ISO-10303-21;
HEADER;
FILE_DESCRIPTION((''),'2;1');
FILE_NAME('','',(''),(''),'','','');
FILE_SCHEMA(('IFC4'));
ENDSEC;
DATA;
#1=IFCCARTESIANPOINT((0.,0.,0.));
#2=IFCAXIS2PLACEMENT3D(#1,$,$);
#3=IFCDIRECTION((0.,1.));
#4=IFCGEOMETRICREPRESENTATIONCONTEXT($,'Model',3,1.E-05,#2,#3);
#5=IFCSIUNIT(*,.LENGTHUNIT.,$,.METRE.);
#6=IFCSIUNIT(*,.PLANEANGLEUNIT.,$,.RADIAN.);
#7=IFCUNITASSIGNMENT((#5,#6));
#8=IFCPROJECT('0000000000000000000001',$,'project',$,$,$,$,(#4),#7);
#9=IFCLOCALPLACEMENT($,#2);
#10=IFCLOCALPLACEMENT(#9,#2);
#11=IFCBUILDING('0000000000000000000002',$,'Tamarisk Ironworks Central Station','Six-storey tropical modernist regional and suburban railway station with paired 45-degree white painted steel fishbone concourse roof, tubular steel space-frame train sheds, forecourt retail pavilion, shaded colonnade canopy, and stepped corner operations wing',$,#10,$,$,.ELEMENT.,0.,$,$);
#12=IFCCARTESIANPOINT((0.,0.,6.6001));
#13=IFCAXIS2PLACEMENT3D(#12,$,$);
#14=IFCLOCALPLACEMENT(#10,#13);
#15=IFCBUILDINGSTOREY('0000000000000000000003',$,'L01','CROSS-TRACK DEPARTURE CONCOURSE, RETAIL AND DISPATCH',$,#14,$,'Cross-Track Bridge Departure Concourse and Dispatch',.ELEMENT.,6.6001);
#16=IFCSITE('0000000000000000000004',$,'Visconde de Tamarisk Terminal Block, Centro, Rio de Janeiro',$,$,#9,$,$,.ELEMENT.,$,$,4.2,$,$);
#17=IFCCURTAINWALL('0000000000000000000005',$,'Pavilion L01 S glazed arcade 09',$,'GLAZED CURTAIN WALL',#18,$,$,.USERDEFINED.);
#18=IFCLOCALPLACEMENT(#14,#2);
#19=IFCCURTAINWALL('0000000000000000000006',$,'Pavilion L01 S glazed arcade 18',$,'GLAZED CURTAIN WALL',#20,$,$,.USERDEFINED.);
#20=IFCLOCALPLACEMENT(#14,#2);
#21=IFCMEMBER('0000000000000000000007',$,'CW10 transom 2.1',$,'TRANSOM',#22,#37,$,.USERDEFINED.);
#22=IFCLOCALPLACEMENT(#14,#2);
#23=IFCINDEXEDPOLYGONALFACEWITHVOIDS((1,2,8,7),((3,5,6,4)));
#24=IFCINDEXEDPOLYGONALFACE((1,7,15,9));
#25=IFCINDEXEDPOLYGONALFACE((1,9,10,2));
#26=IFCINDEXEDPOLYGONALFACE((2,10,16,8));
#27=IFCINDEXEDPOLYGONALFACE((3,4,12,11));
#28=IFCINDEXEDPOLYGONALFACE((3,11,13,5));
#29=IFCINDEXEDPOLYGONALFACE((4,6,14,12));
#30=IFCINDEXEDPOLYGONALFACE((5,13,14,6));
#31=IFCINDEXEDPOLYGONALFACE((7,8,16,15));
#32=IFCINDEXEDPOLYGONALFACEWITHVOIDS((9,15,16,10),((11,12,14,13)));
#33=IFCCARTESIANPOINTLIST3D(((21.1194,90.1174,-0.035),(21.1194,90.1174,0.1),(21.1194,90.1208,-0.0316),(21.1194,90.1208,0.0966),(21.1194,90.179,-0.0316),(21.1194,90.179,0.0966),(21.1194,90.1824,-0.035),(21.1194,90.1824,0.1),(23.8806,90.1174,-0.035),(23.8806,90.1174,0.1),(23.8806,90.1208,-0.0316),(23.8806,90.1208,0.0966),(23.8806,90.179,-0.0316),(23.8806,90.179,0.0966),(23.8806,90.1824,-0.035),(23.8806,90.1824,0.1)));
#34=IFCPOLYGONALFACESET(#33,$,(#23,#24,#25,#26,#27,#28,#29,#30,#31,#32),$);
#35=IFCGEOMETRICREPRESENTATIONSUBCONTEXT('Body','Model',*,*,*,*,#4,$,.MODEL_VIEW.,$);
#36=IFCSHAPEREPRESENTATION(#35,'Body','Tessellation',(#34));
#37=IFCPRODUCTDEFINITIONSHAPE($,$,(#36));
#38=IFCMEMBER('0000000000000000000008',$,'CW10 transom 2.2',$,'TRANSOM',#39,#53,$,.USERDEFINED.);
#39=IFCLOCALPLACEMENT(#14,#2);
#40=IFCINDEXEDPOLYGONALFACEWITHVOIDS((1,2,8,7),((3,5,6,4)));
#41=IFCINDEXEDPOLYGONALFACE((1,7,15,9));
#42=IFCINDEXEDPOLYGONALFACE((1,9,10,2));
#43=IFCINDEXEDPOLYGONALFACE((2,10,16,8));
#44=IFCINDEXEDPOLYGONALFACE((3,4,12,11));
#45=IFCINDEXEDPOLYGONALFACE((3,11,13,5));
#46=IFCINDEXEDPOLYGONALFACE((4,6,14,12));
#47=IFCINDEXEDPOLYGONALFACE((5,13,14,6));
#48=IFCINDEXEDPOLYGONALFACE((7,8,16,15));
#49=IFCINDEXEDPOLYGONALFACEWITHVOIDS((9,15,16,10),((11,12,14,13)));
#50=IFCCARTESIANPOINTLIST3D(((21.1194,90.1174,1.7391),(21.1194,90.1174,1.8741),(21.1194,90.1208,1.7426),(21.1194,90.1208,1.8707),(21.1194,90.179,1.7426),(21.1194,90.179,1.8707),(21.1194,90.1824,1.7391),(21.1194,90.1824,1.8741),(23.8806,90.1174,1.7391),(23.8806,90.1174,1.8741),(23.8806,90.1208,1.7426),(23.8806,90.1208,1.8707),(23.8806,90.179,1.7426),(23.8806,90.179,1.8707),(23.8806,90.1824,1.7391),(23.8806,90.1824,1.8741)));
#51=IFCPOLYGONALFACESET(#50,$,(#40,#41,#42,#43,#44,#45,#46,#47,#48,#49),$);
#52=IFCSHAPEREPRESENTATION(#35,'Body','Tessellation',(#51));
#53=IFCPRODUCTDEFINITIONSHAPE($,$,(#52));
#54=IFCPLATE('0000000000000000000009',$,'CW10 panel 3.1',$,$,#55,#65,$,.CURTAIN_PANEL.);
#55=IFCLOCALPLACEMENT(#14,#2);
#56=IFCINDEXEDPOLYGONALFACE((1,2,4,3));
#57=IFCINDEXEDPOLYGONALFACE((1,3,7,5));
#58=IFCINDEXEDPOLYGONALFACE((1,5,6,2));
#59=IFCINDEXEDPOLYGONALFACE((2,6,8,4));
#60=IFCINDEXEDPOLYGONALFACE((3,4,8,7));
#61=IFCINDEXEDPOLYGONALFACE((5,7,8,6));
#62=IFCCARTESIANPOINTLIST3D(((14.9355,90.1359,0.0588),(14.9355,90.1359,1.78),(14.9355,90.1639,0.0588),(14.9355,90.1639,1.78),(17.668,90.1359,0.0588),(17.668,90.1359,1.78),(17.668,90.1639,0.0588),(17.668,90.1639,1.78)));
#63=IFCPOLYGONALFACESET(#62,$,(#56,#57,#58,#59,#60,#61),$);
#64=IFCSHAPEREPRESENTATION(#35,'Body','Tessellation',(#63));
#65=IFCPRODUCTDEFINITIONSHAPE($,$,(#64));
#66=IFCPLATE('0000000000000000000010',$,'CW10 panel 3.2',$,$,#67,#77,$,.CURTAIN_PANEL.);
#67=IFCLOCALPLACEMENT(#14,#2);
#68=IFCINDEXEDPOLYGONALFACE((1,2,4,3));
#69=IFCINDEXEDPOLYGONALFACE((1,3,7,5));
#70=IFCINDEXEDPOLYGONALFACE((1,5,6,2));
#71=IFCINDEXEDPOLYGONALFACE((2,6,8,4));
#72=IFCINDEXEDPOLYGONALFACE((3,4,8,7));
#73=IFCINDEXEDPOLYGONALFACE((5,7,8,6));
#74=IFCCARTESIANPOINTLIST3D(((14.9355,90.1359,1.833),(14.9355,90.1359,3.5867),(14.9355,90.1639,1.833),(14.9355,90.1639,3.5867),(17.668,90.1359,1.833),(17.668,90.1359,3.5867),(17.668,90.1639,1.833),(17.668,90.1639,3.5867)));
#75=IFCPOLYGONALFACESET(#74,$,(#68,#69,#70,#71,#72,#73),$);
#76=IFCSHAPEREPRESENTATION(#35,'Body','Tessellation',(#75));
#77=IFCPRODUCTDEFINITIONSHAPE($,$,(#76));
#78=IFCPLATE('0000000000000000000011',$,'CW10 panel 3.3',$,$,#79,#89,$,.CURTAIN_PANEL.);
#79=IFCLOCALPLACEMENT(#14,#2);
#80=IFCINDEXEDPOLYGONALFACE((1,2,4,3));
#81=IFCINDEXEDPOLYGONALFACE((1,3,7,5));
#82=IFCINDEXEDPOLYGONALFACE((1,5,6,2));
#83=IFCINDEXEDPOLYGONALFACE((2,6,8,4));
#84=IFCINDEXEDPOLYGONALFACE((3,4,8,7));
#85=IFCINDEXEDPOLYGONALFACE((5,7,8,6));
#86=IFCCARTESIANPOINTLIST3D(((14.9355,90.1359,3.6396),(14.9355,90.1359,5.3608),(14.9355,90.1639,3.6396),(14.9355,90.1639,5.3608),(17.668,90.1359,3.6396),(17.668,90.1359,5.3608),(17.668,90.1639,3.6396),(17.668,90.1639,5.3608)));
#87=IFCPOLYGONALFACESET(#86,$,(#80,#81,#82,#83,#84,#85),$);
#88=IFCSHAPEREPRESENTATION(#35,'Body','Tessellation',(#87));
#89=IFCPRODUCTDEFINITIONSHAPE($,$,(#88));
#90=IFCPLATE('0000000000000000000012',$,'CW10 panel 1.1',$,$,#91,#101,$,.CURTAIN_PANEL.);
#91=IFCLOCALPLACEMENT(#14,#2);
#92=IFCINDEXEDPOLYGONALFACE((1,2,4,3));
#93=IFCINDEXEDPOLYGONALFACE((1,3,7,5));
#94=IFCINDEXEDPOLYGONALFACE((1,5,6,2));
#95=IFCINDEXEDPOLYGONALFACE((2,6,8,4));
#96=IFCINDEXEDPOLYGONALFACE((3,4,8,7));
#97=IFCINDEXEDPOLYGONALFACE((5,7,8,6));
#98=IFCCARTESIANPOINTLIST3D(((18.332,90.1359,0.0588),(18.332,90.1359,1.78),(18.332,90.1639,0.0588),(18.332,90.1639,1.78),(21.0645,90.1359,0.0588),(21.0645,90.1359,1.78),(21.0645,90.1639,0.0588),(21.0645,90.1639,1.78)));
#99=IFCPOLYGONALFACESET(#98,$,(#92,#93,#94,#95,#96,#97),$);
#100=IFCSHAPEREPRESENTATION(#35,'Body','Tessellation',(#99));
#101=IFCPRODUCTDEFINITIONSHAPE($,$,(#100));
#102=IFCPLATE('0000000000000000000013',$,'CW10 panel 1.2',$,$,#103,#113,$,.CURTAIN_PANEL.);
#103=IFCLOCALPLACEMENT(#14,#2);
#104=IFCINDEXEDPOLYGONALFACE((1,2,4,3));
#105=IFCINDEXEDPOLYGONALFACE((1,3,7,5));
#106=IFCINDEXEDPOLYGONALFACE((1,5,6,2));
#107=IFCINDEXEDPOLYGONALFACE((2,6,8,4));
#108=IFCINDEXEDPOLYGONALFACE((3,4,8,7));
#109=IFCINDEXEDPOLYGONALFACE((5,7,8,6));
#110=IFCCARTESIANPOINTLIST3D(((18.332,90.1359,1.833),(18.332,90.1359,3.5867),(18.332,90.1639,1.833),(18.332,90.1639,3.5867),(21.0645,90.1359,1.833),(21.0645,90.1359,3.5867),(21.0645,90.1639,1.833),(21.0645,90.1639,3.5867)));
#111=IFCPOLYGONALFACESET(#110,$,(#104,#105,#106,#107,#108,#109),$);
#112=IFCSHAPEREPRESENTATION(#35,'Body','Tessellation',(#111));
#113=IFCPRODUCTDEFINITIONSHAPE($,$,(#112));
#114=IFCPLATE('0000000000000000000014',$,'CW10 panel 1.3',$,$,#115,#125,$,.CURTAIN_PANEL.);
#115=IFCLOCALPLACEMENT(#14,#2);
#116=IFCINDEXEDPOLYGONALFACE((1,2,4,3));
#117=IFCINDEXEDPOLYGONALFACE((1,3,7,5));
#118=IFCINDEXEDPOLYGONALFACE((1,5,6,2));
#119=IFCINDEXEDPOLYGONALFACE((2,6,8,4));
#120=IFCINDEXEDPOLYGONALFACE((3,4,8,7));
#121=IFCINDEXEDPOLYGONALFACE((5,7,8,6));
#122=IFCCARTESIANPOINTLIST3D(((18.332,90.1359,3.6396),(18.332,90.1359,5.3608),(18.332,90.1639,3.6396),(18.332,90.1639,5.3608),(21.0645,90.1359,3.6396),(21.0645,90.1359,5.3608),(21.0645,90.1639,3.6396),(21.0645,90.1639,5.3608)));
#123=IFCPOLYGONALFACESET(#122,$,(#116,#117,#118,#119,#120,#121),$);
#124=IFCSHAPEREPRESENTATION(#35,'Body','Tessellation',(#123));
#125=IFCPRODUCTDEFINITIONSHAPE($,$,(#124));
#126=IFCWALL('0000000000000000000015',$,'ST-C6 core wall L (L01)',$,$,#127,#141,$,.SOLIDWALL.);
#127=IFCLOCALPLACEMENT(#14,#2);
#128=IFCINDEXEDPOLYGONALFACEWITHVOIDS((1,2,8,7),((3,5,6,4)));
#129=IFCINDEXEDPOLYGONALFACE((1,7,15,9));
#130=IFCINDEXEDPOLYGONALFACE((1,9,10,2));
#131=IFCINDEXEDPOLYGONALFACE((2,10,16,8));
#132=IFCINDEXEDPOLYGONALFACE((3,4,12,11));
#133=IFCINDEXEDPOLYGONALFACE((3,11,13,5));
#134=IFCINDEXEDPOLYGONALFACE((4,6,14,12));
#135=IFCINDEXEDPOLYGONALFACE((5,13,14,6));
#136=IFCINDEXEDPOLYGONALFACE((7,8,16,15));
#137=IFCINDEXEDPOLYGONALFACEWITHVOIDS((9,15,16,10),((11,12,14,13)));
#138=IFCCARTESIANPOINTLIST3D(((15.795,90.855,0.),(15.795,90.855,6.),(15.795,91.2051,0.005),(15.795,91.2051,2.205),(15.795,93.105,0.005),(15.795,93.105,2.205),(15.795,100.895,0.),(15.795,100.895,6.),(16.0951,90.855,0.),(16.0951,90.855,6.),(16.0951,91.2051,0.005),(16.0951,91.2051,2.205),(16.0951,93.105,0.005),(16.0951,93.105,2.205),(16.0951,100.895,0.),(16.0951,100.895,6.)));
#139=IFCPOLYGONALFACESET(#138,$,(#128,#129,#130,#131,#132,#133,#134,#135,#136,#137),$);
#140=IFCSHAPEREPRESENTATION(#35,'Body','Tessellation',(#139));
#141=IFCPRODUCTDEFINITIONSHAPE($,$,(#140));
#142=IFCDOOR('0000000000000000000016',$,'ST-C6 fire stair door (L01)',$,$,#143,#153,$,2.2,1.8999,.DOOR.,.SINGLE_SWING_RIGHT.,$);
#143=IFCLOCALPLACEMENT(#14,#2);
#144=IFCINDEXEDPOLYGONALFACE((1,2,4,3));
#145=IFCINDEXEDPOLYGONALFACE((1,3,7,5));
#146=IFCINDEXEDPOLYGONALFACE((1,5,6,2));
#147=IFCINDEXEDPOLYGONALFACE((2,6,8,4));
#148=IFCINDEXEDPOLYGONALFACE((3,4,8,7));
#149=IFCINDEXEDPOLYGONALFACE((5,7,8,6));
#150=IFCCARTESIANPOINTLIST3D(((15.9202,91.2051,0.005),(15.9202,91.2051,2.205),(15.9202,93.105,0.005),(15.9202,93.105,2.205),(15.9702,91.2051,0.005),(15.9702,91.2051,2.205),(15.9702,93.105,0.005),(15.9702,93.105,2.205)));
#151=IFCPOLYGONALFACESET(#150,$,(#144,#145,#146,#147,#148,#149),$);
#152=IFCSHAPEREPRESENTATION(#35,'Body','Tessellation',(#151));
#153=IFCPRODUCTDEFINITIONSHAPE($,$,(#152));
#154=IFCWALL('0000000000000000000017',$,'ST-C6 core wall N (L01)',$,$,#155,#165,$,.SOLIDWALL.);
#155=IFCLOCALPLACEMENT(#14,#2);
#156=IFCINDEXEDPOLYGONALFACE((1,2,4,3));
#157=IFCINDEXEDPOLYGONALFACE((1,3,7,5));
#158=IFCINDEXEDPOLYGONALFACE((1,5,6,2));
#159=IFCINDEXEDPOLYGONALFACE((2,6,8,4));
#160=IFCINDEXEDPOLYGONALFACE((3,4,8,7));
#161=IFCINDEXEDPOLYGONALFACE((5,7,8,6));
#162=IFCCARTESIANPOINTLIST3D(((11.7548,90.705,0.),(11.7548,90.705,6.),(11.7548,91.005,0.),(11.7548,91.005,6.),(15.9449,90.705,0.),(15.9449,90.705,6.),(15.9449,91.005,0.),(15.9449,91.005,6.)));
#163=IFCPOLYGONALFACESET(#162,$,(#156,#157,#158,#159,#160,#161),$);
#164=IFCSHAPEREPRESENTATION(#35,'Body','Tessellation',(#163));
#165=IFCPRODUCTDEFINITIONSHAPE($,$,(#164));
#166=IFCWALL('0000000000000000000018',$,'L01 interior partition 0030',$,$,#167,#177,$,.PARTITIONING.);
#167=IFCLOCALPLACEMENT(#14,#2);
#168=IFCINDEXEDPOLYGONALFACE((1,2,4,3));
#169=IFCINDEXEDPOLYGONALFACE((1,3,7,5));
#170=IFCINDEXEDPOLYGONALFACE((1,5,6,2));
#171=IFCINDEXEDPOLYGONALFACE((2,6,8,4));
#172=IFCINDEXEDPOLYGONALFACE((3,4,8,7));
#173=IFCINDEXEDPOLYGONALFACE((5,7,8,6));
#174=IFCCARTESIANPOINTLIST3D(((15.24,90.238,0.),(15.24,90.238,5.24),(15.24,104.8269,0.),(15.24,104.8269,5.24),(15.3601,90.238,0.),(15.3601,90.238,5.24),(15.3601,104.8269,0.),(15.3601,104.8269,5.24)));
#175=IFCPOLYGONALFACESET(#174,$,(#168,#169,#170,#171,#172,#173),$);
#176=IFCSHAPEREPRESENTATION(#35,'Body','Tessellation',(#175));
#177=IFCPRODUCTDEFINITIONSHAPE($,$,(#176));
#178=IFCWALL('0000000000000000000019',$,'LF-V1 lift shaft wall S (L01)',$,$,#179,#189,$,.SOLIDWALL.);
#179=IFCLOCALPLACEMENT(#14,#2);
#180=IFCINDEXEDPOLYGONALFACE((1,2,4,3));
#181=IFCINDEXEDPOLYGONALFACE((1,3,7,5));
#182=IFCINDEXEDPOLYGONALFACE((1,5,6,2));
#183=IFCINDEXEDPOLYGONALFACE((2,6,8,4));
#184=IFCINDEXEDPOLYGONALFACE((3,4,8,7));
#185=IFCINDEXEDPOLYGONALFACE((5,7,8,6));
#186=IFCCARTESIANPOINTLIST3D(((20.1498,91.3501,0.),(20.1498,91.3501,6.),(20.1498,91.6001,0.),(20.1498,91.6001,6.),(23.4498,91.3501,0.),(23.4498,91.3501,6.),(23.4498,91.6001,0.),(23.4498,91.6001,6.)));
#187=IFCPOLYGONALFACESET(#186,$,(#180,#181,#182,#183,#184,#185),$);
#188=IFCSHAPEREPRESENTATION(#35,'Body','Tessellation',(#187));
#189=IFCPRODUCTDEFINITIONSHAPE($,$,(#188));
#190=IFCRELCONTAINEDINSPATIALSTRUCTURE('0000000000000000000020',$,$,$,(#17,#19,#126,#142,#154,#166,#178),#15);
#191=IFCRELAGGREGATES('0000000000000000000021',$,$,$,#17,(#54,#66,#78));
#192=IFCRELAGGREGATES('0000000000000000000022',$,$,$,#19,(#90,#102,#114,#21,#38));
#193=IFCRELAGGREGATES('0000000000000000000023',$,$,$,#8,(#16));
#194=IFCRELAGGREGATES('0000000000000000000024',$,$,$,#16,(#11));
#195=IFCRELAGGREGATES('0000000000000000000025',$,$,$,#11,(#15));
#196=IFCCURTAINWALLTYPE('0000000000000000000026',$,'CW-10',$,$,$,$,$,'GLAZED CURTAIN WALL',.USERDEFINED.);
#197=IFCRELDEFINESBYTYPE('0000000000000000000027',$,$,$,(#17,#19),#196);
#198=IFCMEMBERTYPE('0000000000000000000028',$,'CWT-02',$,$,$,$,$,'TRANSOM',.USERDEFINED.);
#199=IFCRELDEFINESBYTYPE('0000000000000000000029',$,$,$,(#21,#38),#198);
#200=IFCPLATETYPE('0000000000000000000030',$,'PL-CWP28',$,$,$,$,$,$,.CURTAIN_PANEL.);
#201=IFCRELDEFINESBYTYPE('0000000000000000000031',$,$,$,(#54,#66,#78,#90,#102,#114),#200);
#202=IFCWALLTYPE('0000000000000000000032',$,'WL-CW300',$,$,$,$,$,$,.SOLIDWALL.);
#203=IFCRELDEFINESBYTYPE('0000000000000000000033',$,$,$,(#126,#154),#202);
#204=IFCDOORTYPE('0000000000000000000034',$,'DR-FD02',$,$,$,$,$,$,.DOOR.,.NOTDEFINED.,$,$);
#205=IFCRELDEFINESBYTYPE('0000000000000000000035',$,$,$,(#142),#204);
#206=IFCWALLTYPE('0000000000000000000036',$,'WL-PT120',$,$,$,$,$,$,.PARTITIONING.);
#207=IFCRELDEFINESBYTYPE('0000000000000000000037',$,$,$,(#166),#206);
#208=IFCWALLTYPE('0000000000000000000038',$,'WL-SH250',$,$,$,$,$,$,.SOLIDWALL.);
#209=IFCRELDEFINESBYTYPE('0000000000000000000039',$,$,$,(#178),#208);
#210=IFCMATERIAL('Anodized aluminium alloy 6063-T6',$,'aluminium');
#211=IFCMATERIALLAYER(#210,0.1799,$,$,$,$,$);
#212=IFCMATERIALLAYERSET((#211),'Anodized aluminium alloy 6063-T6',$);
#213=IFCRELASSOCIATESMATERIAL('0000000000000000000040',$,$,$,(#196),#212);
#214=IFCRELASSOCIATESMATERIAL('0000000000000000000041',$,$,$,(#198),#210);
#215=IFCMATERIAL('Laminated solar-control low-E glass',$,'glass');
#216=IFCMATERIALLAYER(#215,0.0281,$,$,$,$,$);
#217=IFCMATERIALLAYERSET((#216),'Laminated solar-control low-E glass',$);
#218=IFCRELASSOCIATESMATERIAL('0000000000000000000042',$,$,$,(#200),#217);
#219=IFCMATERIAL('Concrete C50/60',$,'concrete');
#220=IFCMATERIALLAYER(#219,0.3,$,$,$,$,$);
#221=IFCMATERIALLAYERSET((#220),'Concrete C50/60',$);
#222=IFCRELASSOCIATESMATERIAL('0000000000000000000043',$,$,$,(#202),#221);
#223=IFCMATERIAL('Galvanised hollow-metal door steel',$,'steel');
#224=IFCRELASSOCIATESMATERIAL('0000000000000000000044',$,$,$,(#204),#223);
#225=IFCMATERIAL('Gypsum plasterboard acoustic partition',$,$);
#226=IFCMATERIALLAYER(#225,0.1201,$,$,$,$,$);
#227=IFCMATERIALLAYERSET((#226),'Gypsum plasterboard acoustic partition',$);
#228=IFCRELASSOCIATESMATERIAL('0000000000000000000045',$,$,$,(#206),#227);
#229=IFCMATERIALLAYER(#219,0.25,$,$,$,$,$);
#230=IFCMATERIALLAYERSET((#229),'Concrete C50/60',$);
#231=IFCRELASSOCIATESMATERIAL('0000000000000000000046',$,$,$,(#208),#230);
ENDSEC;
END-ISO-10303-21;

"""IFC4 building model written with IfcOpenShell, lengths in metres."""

from ifc_helpers import new_model, si_unit, direction, frame, frame_2d, origin, origin_2d, place, context, subcontext, project, spatial, rectangle, hollow_rectangle, extrude, material, layer, layer_set, material_profile, profile_set, type_object, element, fill, aggregate, save


model = new_model("IFC4")

# Units and contexts
model_context = context("Model", 3, precision=1e-05, world=origin(), true_north=direction((0.0, 1.0)))
body_context = subcontext(model_context, "Body", "Model", "MODEL_VIEW")
ifc_project = project(units=[si_unit("LENGTHUNIT", "METRE"), si_unit("PLANEANGLEUNIT", "RADIAN")], contexts=[model_context])

# Site, building, storey
site_placement = place(None, origin())
site = spatial("IfcSite", under=ifc_project, at=site_placement, Name="Visconde de Tamarisk Terminal Block, Centro, Rio de Janeiro", CompositionType="ELEMENT", RefElevation=4.2)
building_placement = place(site_placement, origin())
building = spatial("IfcBuilding", under=site, at=building_placement, Name="Tamarisk Ironworks Central Station", Description="Six-storey tropical modernist regional and suburban railway station with paired 45-degree white painted steel fishbone concourse roof, tubular steel space-frame train sheds, forecourt retail pavilion, shaded colonnade canopy, and stepped corner operations wing", CompositionType="ELEMENT", ElevationOfRefHeight=0.0)
storey_placement = place(building_placement, frame((0.0, 0.0, 6.6001)))
storey = spatial("IfcBuildingStorey", under=building, at=storey_placement, Name="L01", Description="CROSS-TRACK DEPARTURE CONCOURSE, RETAIL AND DISPATCH", LongName="Cross-Track Bridge Departure Concourse and Dispatch", CompositionType="ELEMENT", Elevation=6.6001)

# Curtain wall
ifc_material_1 = material(Name="Anodized aluminium alloy 6063-T6", Category="aluminium")
ifc_layer_1 = layer(ifc_material_1, 0.1799)
ifc_layer_set_1 = layer_set([ifc_layer_1], Name="Anodized aluminium alloy 6063-T6")
curtain_wall_type = type_object("IfcCurtainWallType", Name="CW-10", ElementType="GLAZED CURTAIN WALL", PredefinedType="USERDEFINED", material=ifc_layer_set_1)
curtain_wall_1_placement = place(storey_placement, origin())
curtain_wall_1 = element("IfcCurtainWall", 1, at=curtain_wall_1_placement, inside=storey, type_object=curtain_wall_type, Name="Pavilion L01 S glazed arcade 09", ObjectType="GLAZED CURTAIN WALL", PredefinedType="USERDEFINED")

# Curtain wall
curtain_wall_2_placement = place(storey_placement, origin())
curtain_wall_2 = element("IfcCurtainWall", 2, at=curtain_wall_2_placement, inside=storey, type_object=curtain_wall_type, Name="Pavilion L01 S glazed arcade 18", ObjectType="GLAZED CURTAIN WALL", PredefinedType="USERDEFINED")

# Members
ifc_material_profile_1 = material_profile(ifc_material_1, hollow_rectangle(XDim=0.0649, YDim=0.135, WallThickness=0.0034, at=origin_2d()), Name="ALUM 135x65")
ifc_profile_set_1 = profile_set([ifc_material_profile_1], Name="Anodized aluminium alloy 6063-T6")
member_type_1 = type_object("IfcMemberType", Name="CWT-02", ElementType="TRANSOM", PredefinedType="USERDEFINED", material=ifc_profile_set_1)
member_1_placement = place(storey_placement, frame((21.1194, 90.1499, 0.0325), z_axis=(1.0, 0.0, 0.0), x_axis=(0.0, 1.0, 0.0)))
member_1 = element("IfcMember", 3, at=member_1_placement, type_object=member_type_1, Name="CW10 transom 2.1", ObjectType="TRANSOM", PredefinedType="USERDEFINED", context=body_context, shape_type="SweptSolid", body=[
    extrude(hollow_rectangle(XDim=0.0649, YDim=0.135, WallThickness=0.0034, at=origin_2d()), origin(), (0.0, 0.0, 1.0), 2.7612),
])
member_2_placement = place(storey_placement, frame((21.1194, 90.1499, 1.8066), z_axis=(1.0, 0.0, 0.0), x_axis=(0.0, 1.0, 0.0)))
member_2 = element("IfcMember", 4, at=member_2_placement, type_object=member_type_1, Name="CW10 transom 2.2", ObjectType="TRANSOM", PredefinedType="USERDEFINED", context=body_context, shape_type="SweptSolid", body=[
    extrude(hollow_rectangle(XDim=0.0649, YDim=0.135, WallThickness=0.0034, at=origin_2d()), origin(), (0.0, 0.0, 1.0), 2.7612),
])

# Plates
ifc_material_2 = material(Name="Laminated solar-control low-E glass", Category="glass")
ifc_layer_2 = layer(ifc_material_2, 0.0281)
ifc_layer_set_2 = layer_set([ifc_layer_2], Name="Laminated solar-control low-E glass")
plate_type = type_object("IfcPlateType", Name="PL-CWP28", PredefinedType="CURTAIN_PANEL", material=ifc_layer_set_2)
plate_1_placement = place(storey_placement, frame((16.3018, 90.1499, 0.0588), z_axis=(0.0, 0.0, 1.0), x_axis=(1.0, 0.0, 0.0)))
plate_1 = element("IfcPlate", 5, at=plate_1_placement, type_object=plate_type, Name="CW10 panel 3.1", PredefinedType="CURTAIN_PANEL", context=body_context, shape_type="SweptSolid", body=[
    extrude(rectangle(XDim=2.7324, YDim=0.0281, at=origin_2d()), origin(), (0.0, 0.0, 1.0), 1.7212),
])
plate_2_placement = place(storey_placement, frame((16.3018, 90.1499, 1.833), z_axis=(0.0, 0.0, 1.0), x_axis=(1.0, 0.0, 0.0)))
plate_2 = element("IfcPlate", 6, at=plate_2_placement, type_object=plate_type, Name="CW10 panel 3.2", PredefinedType="CURTAIN_PANEL", context=body_context, shape_type="SweptSolid", body=[
    extrude(rectangle(XDim=2.7324, YDim=0.0281, at=origin_2d()), origin(), (0.0, 0.0, 1.0), 1.7537),
])
plate_3_placement = place(storey_placement, frame((16.3018, 90.1499, 3.6396), z_axis=(0.0, 0.0, 1.0), x_axis=(1.0, 0.0, 0.0)))
plate_3 = element("IfcPlate", 7, at=plate_3_placement, type_object=plate_type, Name="CW10 panel 3.3", PredefinedType="CURTAIN_PANEL", context=body_context, shape_type="SweptSolid", body=[
    extrude(rectangle(XDim=2.7324, YDim=0.0281, at=origin_2d()), origin(), (0.0, 0.0, 1.0), 1.7212),
])
aggregate(curtain_wall_1, [plate_1, plate_2, plate_3])
plate_4_placement = place(storey_placement, frame((19.6982, 90.1499, 0.0588), z_axis=(0.0, 0.0, 1.0), x_axis=(1.0, 0.0, 0.0)))
plate_4 = element("IfcPlate", 8, at=plate_4_placement, type_object=plate_type, Name="CW10 panel 1.1", PredefinedType="CURTAIN_PANEL", context=body_context, shape_type="SweptSolid", body=[
    extrude(rectangle(XDim=2.7324, YDim=0.0281, at=origin_2d()), origin(), (0.0, 0.0, 1.0), 1.7212),
])
plate_5_placement = place(storey_placement, frame((19.6982, 90.1499, 1.833), z_axis=(0.0, 0.0, 1.0), x_axis=(1.0, 0.0, 0.0)))
plate_5 = element("IfcPlate", 9, at=plate_5_placement, type_object=plate_type, Name="CW10 panel 1.2", PredefinedType="CURTAIN_PANEL", context=body_context, shape_type="SweptSolid", body=[
    extrude(rectangle(XDim=2.7324, YDim=0.0281, at=origin_2d()), origin(), (0.0, 0.0, 1.0), 1.7537),
])
plate_6_placement = place(storey_placement, frame((19.6982, 90.1499, 3.6396), z_axis=(0.0, 0.0, 1.0), x_axis=(1.0, 0.0, 0.0)))
plate_6 = element("IfcPlate", 10, at=plate_6_placement, type_object=plate_type, Name="CW10 panel 1.3", PredefinedType="CURTAIN_PANEL", context=body_context, shape_type="SweptSolid", body=[
    extrude(rectangle(XDim=2.7324, YDim=0.0281, at=origin_2d()), origin(), (0.0, 0.0, 1.0), 1.7212),
])
aggregate(curtain_wall_2, [plate_4, plate_5, plate_6, member_1, member_2])

# Wall, opening, door
ifc_material_3 = material(Name="Concrete C50/60", Category="concrete")
ifc_layer_3 = layer(ifc_material_3, 0.3)
ifc_layer_set_3 = layer_set([ifc_layer_3], Name="Concrete C50/60")
wall_type_1 = type_object("IfcWallType", Name="WL-CW300", PredefinedType="SOLIDWALL", material=ifc_layer_set_3)
wall_1_placement = place(storey_placement, frame((15.9451, 90.855, 0.0), z_axis=(0.0, 0.0, 1.0), x_axis=(0.0, 1.0, 0.0)))
wall_1 = element("IfcWall", 11, at=wall_1_placement, inside=storey, type_object=wall_type_1, Name="ST-C6 core wall L (L01)", PredefinedType="SOLIDWALL", context=body_context, shape_type="SweptSolid", body=[
    extrude(rectangle(XDim=10.04, YDim=0.3, at=frame_2d((5.02, 0.0))), origin(), (0.0, 0.0, 1.0), 6.0),
])
opening_1_placement = place(wall_1_placement, frame((0.3501, 0.0, 0.0049)))
opening_1 = element("IfcOpeningElement", 12, at=opening_1_placement, cuts=wall_1, PredefinedType="OPENING", context=body_context, shape_type="SweptSolid", body=[
    extrude(rectangle(XDim=1.8999, YDim=2.2, at=frame_2d((0.95, 1.1001))), frame((0.0, 0.1621, 0.0), z_axis=(0.0, -1.0, 0.0), x_axis=(1.0, 0.0, 0.0)), (0.0, 0.0, 1.0), 0.324),
])
ifc_material_4 = material(Name="Galvanised hollow-metal door steel", Category="steel")
door_type_1 = type_object("IfcDoorType", Name="DR-FD02", OperationType="NOTDEFINED", PredefinedType="DOOR", material=ifc_material_4)
door_1_placement = place(opening_1_placement, origin())
door_1 = element("IfcDoor", 13, at=door_1_placement, inside=storey, type_object=door_type_1, Name="ST-C6 fire stair door (L01)", OperationType="SINGLE_SWING_RIGHT", OverallHeight=2.2, OverallWidth=1.8999, PredefinedType="DOOR", context=body_context, shape_type="SweptSolid", body=[
    extrude(rectangle(XDim=1.8999, YDim=2.2, at=frame_2d((0.95, 1.1001))), frame((0.0, 0.0249, 0.0), z_axis=(0.0, -1.0, 0.0), x_axis=(1.0, 0.0, 0.0)), (0.0, 0.0, 1.0), 0.05),
])
fill(opening_1, door_1)

# Walls
wall_2_placement = place(storey_placement, frame((15.9451, 90.855, 0.0), z_axis=(0.0, 0.0, 1.0), x_axis=(-1.0, 0.0, 0.0)))
element("IfcWall", 14, at=wall_2_placement, inside=storey, type_object=wall_type_1, Name="ST-C6 core wall N (L01)", PredefinedType="SOLIDWALL", context=body_context, shape_type="SweptSolid", body=[
    extrude(rectangle(XDim=4.1902, YDim=0.3, at=frame_2d((2.0952, 0.0))), origin(), (0.0, 0.0, 1.0), 6.0),
])
ifc_material_5 = material(Name="Gypsum plasterboard acoustic partition")
ifc_layer_4 = layer(ifc_material_5, 0.1201)
ifc_layer_set_4 = layer_set([ifc_layer_4], Name="Gypsum plasterboard acoustic partition")
wall_type_2 = type_object("IfcWallType", Name="WL-PT120", PredefinedType="PARTITIONING", material=ifc_layer_set_4)
wall_3_placement = place(storey_placement, frame((15.3, 90.238, 0.0), z_axis=(0.0, 0.0, 1.0), x_axis=(0.0, 1.0, 0.0)))
element("IfcWall", 15, at=wall_3_placement, inside=storey, type_object=wall_type_2, Name="L01 interior partition 0030", PredefinedType="PARTITIONING", context=body_context, shape_type="SweptSolid", body=[
    extrude(rectangle(XDim=14.5889, YDim=0.1201, at=frame_2d((7.2944, 0.0))), origin(), (0.0, 0.0, 1.0), 5.24),
])
ifc_layer_5 = layer(ifc_material_3, 0.25)
ifc_layer_set_5 = layer_set([ifc_layer_5], Name="Concrete C50/60")
wall_type_3 = type_object("IfcWallType", Name="WL-SH250", PredefinedType="SOLIDWALL", material=ifc_layer_set_5)
wall_4_placement = place(storey_placement, frame((20.1499, 91.4751, 0.0), z_axis=(0.0, 0.0, 1.0), x_axis=(1.0, 0.0, 0.0)))
element("IfcWall", 16, at=wall_4_placement, inside=storey, type_object=wall_type_3, Name="LF-V1 lift shaft wall S (L01)", PredefinedType="SOLIDWALL", context=body_context, shape_type="SweptSolid", body=[
    extrude(rectangle(XDim=3.3, YDim=0.25, at=frame_2d((1.6499, 0.0))), origin(), (0.0, 0.0, 1.0), 6.0),
])

save(model, "model.ifc")
